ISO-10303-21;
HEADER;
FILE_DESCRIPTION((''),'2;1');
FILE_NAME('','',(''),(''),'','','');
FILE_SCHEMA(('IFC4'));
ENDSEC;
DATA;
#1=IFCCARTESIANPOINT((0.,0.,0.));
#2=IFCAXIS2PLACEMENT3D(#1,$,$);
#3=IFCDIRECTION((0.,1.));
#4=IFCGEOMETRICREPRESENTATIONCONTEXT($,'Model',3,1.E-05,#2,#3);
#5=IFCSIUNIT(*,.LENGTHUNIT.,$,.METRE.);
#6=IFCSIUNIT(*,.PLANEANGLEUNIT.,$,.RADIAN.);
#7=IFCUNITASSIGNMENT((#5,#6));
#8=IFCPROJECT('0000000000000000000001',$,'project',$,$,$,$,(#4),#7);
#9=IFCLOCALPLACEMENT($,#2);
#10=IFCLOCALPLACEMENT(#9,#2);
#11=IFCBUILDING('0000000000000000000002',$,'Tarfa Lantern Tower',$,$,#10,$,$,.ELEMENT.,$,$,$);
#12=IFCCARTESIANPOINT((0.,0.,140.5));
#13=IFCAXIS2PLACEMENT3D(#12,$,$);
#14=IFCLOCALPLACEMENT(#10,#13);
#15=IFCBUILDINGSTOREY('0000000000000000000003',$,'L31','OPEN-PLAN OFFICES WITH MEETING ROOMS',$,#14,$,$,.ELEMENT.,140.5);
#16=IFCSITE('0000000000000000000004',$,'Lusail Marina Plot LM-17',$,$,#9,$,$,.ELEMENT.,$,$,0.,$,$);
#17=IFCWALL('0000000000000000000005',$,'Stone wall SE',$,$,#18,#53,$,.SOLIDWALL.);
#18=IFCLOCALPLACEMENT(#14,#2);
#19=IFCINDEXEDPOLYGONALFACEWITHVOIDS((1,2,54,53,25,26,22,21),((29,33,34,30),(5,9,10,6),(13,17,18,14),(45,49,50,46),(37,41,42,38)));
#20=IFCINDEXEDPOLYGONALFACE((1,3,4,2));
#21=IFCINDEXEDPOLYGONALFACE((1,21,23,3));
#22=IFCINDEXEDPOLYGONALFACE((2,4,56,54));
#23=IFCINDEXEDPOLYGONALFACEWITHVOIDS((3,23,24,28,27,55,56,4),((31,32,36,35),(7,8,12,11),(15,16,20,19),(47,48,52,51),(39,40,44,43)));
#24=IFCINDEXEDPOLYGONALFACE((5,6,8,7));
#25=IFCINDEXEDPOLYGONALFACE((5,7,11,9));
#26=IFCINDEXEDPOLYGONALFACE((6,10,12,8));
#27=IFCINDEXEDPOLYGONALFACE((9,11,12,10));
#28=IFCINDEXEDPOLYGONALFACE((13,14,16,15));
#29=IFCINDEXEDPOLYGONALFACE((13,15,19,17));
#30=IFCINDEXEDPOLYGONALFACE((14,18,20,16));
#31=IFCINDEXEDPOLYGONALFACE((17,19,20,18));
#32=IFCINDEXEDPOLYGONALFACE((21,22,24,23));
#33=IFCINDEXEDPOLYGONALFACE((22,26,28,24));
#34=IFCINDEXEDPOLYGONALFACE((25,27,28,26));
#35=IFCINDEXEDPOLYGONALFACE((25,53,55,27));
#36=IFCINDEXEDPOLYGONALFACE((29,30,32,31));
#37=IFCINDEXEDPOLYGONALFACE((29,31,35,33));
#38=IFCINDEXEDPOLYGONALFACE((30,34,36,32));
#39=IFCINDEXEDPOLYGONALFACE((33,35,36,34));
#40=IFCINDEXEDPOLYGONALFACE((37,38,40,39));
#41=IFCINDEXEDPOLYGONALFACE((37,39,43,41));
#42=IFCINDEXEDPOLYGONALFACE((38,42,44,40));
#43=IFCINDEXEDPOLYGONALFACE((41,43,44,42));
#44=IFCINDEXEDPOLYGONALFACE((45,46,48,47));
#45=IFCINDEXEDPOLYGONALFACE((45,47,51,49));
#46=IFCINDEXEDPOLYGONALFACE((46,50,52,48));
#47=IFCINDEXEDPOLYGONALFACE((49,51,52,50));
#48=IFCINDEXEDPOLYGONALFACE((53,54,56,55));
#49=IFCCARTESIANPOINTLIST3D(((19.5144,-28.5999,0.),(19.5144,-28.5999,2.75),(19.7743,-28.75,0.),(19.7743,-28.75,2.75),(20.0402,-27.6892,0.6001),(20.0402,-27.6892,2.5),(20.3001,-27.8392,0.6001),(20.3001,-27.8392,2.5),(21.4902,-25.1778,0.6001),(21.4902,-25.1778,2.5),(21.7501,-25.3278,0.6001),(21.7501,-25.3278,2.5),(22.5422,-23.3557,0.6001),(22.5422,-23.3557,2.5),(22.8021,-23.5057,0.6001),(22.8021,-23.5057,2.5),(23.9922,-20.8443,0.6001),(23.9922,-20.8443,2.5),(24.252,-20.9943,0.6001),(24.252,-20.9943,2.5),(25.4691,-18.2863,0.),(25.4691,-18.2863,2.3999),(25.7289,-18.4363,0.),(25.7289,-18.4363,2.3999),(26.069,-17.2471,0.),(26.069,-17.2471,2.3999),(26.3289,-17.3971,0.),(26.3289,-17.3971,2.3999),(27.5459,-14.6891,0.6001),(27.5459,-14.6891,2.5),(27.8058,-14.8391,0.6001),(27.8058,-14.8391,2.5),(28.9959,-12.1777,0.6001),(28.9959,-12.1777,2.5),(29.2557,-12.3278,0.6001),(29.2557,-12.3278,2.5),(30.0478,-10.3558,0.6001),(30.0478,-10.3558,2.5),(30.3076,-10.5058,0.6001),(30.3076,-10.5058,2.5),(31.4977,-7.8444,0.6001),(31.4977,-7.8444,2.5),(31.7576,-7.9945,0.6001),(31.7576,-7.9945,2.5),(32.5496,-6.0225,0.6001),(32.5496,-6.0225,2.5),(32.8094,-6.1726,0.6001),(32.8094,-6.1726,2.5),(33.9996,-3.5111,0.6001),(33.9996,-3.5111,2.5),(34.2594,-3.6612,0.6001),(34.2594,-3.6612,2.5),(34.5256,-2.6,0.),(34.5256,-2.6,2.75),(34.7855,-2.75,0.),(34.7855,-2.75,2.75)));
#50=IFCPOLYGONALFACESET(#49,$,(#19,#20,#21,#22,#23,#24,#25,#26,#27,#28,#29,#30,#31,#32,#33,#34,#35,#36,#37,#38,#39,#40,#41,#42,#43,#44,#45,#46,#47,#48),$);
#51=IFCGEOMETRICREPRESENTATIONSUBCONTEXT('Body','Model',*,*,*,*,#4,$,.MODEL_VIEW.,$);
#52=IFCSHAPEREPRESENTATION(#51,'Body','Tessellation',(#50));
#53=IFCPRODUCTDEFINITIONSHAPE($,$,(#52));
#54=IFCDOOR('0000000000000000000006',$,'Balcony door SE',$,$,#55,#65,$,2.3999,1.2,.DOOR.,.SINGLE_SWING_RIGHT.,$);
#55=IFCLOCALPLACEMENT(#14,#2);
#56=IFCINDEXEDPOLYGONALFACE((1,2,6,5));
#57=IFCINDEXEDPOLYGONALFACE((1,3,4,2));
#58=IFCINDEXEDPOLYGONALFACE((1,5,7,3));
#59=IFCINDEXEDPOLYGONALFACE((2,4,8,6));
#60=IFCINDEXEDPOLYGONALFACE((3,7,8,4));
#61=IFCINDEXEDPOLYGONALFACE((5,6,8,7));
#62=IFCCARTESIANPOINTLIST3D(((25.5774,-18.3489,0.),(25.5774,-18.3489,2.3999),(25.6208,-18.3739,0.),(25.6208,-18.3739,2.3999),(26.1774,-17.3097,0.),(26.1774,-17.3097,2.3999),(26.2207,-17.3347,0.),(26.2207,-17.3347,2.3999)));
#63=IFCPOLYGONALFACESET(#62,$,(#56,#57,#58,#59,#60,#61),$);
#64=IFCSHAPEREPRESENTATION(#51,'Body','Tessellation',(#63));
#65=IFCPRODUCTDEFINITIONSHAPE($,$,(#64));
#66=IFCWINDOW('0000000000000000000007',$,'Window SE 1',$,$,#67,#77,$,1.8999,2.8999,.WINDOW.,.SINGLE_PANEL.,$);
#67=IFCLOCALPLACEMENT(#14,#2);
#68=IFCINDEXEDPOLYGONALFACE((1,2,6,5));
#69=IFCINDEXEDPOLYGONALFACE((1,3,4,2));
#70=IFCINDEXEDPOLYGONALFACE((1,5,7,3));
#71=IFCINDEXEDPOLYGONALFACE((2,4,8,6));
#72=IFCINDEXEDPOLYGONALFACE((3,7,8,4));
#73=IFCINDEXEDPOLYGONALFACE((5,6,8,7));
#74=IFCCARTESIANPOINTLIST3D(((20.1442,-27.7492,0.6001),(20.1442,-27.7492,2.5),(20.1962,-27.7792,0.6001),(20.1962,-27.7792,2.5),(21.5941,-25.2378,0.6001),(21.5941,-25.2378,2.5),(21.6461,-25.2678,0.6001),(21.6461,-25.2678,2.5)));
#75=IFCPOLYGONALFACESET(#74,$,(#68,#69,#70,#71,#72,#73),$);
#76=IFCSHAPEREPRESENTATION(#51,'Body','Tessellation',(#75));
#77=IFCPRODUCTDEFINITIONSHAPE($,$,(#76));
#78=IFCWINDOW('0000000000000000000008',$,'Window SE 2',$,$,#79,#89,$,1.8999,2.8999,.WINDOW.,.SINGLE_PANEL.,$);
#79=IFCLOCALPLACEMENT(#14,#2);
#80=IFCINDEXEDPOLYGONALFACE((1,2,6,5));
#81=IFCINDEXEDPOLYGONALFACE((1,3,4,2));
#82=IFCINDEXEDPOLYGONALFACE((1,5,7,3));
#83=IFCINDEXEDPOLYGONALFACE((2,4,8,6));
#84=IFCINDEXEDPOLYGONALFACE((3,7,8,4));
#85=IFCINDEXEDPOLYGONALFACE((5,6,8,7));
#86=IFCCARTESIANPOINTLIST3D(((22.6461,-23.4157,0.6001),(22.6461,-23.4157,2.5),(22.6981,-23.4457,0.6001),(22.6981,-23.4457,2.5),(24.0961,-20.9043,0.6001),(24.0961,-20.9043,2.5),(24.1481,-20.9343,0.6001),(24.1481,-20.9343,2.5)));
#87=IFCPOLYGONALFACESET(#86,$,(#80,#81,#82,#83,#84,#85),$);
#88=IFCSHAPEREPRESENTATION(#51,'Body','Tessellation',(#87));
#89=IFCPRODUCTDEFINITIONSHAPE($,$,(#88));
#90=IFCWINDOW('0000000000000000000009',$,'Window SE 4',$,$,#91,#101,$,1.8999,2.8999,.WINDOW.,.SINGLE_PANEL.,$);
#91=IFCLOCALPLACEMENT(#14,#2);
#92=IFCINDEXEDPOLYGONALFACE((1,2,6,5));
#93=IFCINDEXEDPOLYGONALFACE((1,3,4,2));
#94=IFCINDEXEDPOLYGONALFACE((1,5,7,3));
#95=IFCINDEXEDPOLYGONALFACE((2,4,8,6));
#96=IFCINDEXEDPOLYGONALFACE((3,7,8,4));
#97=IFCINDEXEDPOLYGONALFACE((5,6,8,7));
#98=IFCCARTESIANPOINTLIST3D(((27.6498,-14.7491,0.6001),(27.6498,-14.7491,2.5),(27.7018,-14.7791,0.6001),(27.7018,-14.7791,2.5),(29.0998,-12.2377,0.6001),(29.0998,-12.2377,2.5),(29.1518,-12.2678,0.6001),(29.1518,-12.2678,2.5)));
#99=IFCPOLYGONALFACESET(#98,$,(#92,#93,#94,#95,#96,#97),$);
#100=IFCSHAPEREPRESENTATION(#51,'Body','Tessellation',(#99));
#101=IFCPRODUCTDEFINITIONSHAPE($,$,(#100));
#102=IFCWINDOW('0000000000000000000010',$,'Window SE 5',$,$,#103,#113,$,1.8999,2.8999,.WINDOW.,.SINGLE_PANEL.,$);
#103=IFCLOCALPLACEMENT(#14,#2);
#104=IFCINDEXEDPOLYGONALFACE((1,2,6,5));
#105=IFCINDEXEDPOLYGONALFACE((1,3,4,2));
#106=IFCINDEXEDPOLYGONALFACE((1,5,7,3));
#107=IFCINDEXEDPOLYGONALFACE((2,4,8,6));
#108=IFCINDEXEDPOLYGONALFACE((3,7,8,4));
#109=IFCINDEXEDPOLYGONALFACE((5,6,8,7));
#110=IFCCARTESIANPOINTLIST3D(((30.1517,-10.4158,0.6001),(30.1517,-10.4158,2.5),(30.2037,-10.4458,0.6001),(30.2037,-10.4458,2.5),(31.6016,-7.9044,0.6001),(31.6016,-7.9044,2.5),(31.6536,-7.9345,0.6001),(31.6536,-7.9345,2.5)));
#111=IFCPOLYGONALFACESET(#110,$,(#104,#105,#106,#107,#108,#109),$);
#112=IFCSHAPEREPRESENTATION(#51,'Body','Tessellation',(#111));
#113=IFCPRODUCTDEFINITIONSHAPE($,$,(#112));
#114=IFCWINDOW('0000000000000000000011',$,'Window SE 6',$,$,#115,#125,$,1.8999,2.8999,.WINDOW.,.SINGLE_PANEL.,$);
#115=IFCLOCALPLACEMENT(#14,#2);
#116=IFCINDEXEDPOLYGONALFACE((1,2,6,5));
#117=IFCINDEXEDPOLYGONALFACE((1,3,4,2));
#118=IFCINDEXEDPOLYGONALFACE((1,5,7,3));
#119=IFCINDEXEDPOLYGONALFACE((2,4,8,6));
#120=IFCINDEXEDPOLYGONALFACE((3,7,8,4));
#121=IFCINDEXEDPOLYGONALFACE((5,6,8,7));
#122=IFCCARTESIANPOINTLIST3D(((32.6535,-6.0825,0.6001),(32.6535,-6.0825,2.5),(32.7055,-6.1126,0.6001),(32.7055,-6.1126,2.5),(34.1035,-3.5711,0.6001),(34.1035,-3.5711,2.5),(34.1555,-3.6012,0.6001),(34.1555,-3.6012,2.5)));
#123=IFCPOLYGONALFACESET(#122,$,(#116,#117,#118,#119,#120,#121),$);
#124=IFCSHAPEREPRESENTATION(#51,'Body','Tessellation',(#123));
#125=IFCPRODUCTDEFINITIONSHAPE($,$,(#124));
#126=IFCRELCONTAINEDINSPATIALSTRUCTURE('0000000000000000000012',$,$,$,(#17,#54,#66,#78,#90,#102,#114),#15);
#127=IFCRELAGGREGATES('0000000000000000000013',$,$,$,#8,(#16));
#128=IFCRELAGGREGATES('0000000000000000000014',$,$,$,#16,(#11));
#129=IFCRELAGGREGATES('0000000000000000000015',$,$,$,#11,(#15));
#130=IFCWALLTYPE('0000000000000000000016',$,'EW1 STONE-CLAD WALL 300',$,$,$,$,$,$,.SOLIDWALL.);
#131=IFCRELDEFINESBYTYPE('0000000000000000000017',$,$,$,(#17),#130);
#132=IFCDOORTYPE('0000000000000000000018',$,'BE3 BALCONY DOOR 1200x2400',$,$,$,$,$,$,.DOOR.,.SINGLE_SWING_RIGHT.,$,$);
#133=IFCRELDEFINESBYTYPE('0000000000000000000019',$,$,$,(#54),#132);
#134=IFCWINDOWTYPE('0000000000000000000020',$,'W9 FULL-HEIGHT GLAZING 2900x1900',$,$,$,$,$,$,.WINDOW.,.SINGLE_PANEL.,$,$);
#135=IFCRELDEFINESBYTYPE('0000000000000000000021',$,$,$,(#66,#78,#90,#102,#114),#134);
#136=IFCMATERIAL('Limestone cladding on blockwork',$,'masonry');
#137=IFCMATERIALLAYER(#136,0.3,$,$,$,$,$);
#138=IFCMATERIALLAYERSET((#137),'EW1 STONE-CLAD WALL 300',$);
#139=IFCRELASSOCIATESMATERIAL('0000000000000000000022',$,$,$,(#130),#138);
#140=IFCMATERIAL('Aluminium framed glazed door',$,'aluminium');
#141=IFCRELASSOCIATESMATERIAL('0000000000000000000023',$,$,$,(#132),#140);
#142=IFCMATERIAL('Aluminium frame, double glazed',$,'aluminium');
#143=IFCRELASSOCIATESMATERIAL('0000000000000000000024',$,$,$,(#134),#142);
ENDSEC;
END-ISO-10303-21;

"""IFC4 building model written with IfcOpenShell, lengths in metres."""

from ifc_helpers import new_model, si_unit, direction, frame, frame_2d, origin, place, context, subcontext, project, spatial, rectangle, extrude, material, layer, layer_set, type_object, element, fill, save


model = new_model("IFC4")

# Units and contexts
model_context = context("Model", 3, precision=1e-05, world=origin(), true_north=direction((0.0, 1.0)))
body_context = subcontext(model_context, "Body", "Model", "MODEL_VIEW")
ifc_project = project(units=[si_unit("LENGTHUNIT", "METRE"), si_unit("PLANEANGLEUNIT", "RADIAN")], contexts=[model_context])

# Site, building, storey
site_placement = place(None, origin())
site = spatial("IfcSite", under=ifc_project, at=site_placement, Name="Lusail Marina Plot LM-17", CompositionType="ELEMENT", RefElevation=0.0)
building_placement = place(site_placement, origin())
building = spatial("IfcBuilding", under=site, at=building_placement, Name="Tarfa Lantern Tower", CompositionType="ELEMENT")
storey_placement = place(building_placement, frame((0.0, 0.0, 140.5)))
storey = spatial("IfcBuildingStorey", under=building, at=storey_placement, Name="L31", Description="OPEN-PLAN OFFICES WITH MEETING ROOMS", CompositionType="ELEMENT", Elevation=140.5)

# Wall, openings, door, windows
ifc_material_1 = material(Name="Limestone cladding on blockwork", Category="masonry")
ifc_layer = layer(ifc_material_1, 0.3)
ifc_layer_set = layer_set([ifc_layer], Name="EW1 STONE-CLAD WALL 300")
wall_type = type_object("IfcWallType", Name="EW1 STONE-CLAD WALL 300", PredefinedType="SOLIDWALL", material=ifc_layer_set)
wall_placement = place(storey_placement, frame((19.6443, -28.675, 0.0), z_axis=(0.0, 0.0, 1.0), x_axis=(0.500003, 0.866024, 0.0)))
wall = element("IfcWall", 1, at=wall_placement, inside=storey, type_object=wall_type, Name="Stone wall SE", PredefinedType="SOLIDWALL", context=body_context, shape_type="SweptSolid", body=[
    extrude(rectangle(XDim=30.0222, YDim=0.3, at=frame_2d((15.0112, 0.0))), origin(), (0.0, 0.0, 1.0), 2.75),
])
opening_1_placement = place(wall_placement, frame((1.0518, 0.0, 0.6001)))
opening_1 = element("IfcOpeningElement", 2, at=opening_1_placement, cuts=wall, PredefinedType="OPENING", context=body_context, shape_type="SweptSolid", body=[
    extrude(rectangle(XDim=2.8999, YDim=1.8999, at=frame_2d((1.45, 0.95))), frame((0.0, 0.1599, 0.0), z_axis=(0.0, -1.0, 0.0), x_axis=(1.0, 0.0, 0.0)), (0.0, 0.0, 1.0), 0.3201),
])
opening_2_placement = place(wall_placement, frame((6.0557, 0.0, 0.6001)))
opening_2 = element("IfcOpeningElement", 3, at=opening_2_placement, cuts=wall, PredefinedType="OPENING", context=body_context, shape_type="SweptSolid", body=[
    extrude(rectangle(XDim=2.8999, YDim=1.8999, at=frame_2d((1.45, 0.95))), frame((0.0, 0.1599, 0.0), z_axis=(0.0, -1.0, 0.0), x_axis=(1.0, 0.0, 0.0)), (0.0, 0.0, 1.0), 0.3201),
])
opening_3_placement = place(wall_placement, frame((11.9092, 0.0, 0.0)))
opening_3 = element("IfcOpeningElement", 4, at=opening_3_placement, cuts=wall, PredefinedType="OPENING", context=body_context, shape_type="SweptSolid", body=[
    extrude(rectangle(XDim=1.2, YDim=2.3999, at=frame_2d((0.6001, 1.2))), frame((0.0, 0.1599, 0.0), z_axis=(0.0, -1.0, 0.0), x_axis=(1.0, 0.0, 0.0)), (0.0, 0.0, 1.0), 0.3201),
])
opening_4_placement = place(wall_placement, frame((16.063, 0.0, 0.6001)))
opening_4 = element("IfcOpeningElement", 5, at=opening_4_placement, cuts=wall, PredefinedType="OPENING", context=body_context, shape_type="SweptSolid", body=[
    extrude(rectangle(XDim=2.8999, YDim=1.8999, at=frame_2d((1.45, 0.95))), frame((0.0, 0.1599, 0.0), z_axis=(0.0, -1.0, 0.0), x_axis=(1.0, 0.0, 0.0)), (0.0, 0.0, 1.0), 0.3201),
])
opening_5_placement = place(wall_placement, frame((21.0667, 0.0, 0.6001)))
opening_5 = element("IfcOpeningElement", 6, at=opening_5_placement, cuts=wall, PredefinedType="OPENING", context=body_context, shape_type="SweptSolid", body=[
    extrude(rectangle(XDim=2.8999, YDim=1.8999, at=frame_2d((1.45, 0.95))), frame((0.0, 0.1599, 0.0), z_axis=(0.0, -1.0, 0.0), x_axis=(1.0, 0.0, 0.0)), (0.0, 0.0, 1.0), 0.3201),
])
opening_6_placement = place(wall_placement, frame((26.0703, 0.0, 0.6001)))
opening_6 = element("IfcOpeningElement", 7, at=opening_6_placement, cuts=wall, PredefinedType="OPENING", context=body_context, shape_type="SweptSolid", body=[
    extrude(rectangle(XDim=2.8999, YDim=1.8999, at=frame_2d((1.45, 0.95))), frame((0.0, 0.1599, 0.0), z_axis=(0.0, -1.0, 0.0), x_axis=(1.0, 0.0, 0.0)), (0.0, 0.0, 1.0), 0.3201),
])
ifc_material_2 = material(Name="Aluminium framed glazed door", Category="aluminium")
door_type = type_object("IfcDoorType", Name="BE3 BALCONY DOOR 1200x2400", OperationType="SINGLE_SWING_RIGHT", PredefinedType="DOOR", material=ifc_material_2)
door_placement = place(opening_3_placement, origin())
door = element("IfcDoor", 8, at=door_placement, inside=storey, type_object=door_type, Name="Balcony door SE", OperationType="SINGLE_SWING_RIGHT", OverallHeight=2.3999, OverallWidth=1.2, PredefinedType="DOOR", context=body_context, shape_type="SweptSolid", body=[
    extrude(rectangle(XDim=1.2, YDim=2.3999, at=frame_2d((0.6001, 1.2))), frame((0.0, 0.0249, 0.0), z_axis=(0.0, -1.0, 0.0), x_axis=(1.0, 0.0, 0.0)), (0.0, 0.0, 1.0), 0.05),
])
fill(opening_3, door)
ifc_material_3 = material(Name="Aluminium frame, double glazed", Category="aluminium")
window_type = type_object("IfcWindowType", Name="W9 FULL-HEIGHT GLAZING 2900x1900", PartitioningType="SINGLE_PANEL", PredefinedType="WINDOW", material=ifc_material_3)
window_1_placement = place(opening_1_placement, origin())
window_1 = element("IfcWindow", 9, at=window_1_placement, inside=storey, type_object=window_type, Name="Window SE 1", OverallHeight=1.8999, OverallWidth=2.8999, PartitioningType="SINGLE_PANEL", PredefinedType="WINDOW", context=body_context, shape_type="SweptSolid", body=[
    extrude(rectangle(XDim=2.8999, YDim=1.8999, at=frame_2d((1.45, 0.95))), frame((0.0, 0.03, 0.0), z_axis=(0.0, -1.0, 0.0), x_axis=(1.0, 0.0, 0.0)), (0.0, 0.0, 1.0), 0.0601),
])
fill(opening_1, window_1)
window_2_placement = place(opening_2_placement, origin())
window_2 = element("IfcWindow", 10, at=window_2_placement, inside=storey, type_object=window_type, Name="Window SE 2", OverallHeight=1.8999, OverallWidth=2.8999, PartitioningType="SINGLE_PANEL", PredefinedType="WINDOW", context=body_context, shape_type="SweptSolid", body=[
    extrude(rectangle(XDim=2.8999, YDim=1.8999, at=frame_2d((1.45, 0.95))), frame((0.0, 0.03, 0.0), z_axis=(0.0, -1.0, 0.0), x_axis=(1.0, 0.0, 0.0)), (0.0, 0.0, 1.0), 0.0601),
])
fill(opening_2, window_2)
window_3_placement = place(opening_4_placement, origin())
window_3 = element("IfcWindow", 11, at=window_3_placement, inside=storey, type_object=window_type, Name="Window SE 4", OverallHeight=1.8999, OverallWidth=2.8999, PartitioningType="SINGLE_PANEL", PredefinedType="WINDOW", context=body_context, shape_type="SweptSolid", body=[
    extrude(rectangle(XDim=2.8999, YDim=1.8999, at=frame_2d((1.45, 0.95))), frame((0.0, 0.03, 0.0), z_axis=(0.0, -1.0, 0.0), x_axis=(1.0, 0.0, 0.0)), (0.0, 0.0, 1.0), 0.0601),
])
fill(opening_4, window_3)
window_4_placement = place(opening_5_placement, origin())
window_4 = element("IfcWindow", 12, at=window_4_placement, inside=storey, type_object=window_type, Name="Window SE 5", OverallHeight=1.8999, OverallWidth=2.8999, PartitioningType="SINGLE_PANEL", PredefinedType="WINDOW", context=body_context, shape_type="SweptSolid", body=[
    extrude(rectangle(XDim=2.8999, YDim=1.8999, at=frame_2d((1.45, 0.95))), frame((0.0, 0.03, 0.0), z_axis=(0.0, -1.0, 0.0), x_axis=(1.0, 0.0, 0.0)), (0.0, 0.0, 1.0), 0.0601),
])
fill(opening_5, window_4)
window_5_placement = place(opening_6_placement, origin())
window_5 = element("IfcWindow", 13, at=window_5_placement, inside=storey, type_object=window_type, Name="Window SE 6", OverallHeight=1.8999, OverallWidth=2.8999, PartitioningType="SINGLE_PANEL", PredefinedType="WINDOW", context=body_context, shape_type="SweptSolid", body=[
    extrude(rectangle(XDim=2.8999, YDim=1.8999, at=frame_2d((1.45, 0.95))), frame((0.0, 0.03, 0.0), z_axis=(0.0, -1.0, 0.0), x_axis=(1.0, 0.0, 0.0)), (0.0, 0.0, 1.0), 0.0601),
])
fill(opening_6, window_5)

save(model, "model.ifc")
